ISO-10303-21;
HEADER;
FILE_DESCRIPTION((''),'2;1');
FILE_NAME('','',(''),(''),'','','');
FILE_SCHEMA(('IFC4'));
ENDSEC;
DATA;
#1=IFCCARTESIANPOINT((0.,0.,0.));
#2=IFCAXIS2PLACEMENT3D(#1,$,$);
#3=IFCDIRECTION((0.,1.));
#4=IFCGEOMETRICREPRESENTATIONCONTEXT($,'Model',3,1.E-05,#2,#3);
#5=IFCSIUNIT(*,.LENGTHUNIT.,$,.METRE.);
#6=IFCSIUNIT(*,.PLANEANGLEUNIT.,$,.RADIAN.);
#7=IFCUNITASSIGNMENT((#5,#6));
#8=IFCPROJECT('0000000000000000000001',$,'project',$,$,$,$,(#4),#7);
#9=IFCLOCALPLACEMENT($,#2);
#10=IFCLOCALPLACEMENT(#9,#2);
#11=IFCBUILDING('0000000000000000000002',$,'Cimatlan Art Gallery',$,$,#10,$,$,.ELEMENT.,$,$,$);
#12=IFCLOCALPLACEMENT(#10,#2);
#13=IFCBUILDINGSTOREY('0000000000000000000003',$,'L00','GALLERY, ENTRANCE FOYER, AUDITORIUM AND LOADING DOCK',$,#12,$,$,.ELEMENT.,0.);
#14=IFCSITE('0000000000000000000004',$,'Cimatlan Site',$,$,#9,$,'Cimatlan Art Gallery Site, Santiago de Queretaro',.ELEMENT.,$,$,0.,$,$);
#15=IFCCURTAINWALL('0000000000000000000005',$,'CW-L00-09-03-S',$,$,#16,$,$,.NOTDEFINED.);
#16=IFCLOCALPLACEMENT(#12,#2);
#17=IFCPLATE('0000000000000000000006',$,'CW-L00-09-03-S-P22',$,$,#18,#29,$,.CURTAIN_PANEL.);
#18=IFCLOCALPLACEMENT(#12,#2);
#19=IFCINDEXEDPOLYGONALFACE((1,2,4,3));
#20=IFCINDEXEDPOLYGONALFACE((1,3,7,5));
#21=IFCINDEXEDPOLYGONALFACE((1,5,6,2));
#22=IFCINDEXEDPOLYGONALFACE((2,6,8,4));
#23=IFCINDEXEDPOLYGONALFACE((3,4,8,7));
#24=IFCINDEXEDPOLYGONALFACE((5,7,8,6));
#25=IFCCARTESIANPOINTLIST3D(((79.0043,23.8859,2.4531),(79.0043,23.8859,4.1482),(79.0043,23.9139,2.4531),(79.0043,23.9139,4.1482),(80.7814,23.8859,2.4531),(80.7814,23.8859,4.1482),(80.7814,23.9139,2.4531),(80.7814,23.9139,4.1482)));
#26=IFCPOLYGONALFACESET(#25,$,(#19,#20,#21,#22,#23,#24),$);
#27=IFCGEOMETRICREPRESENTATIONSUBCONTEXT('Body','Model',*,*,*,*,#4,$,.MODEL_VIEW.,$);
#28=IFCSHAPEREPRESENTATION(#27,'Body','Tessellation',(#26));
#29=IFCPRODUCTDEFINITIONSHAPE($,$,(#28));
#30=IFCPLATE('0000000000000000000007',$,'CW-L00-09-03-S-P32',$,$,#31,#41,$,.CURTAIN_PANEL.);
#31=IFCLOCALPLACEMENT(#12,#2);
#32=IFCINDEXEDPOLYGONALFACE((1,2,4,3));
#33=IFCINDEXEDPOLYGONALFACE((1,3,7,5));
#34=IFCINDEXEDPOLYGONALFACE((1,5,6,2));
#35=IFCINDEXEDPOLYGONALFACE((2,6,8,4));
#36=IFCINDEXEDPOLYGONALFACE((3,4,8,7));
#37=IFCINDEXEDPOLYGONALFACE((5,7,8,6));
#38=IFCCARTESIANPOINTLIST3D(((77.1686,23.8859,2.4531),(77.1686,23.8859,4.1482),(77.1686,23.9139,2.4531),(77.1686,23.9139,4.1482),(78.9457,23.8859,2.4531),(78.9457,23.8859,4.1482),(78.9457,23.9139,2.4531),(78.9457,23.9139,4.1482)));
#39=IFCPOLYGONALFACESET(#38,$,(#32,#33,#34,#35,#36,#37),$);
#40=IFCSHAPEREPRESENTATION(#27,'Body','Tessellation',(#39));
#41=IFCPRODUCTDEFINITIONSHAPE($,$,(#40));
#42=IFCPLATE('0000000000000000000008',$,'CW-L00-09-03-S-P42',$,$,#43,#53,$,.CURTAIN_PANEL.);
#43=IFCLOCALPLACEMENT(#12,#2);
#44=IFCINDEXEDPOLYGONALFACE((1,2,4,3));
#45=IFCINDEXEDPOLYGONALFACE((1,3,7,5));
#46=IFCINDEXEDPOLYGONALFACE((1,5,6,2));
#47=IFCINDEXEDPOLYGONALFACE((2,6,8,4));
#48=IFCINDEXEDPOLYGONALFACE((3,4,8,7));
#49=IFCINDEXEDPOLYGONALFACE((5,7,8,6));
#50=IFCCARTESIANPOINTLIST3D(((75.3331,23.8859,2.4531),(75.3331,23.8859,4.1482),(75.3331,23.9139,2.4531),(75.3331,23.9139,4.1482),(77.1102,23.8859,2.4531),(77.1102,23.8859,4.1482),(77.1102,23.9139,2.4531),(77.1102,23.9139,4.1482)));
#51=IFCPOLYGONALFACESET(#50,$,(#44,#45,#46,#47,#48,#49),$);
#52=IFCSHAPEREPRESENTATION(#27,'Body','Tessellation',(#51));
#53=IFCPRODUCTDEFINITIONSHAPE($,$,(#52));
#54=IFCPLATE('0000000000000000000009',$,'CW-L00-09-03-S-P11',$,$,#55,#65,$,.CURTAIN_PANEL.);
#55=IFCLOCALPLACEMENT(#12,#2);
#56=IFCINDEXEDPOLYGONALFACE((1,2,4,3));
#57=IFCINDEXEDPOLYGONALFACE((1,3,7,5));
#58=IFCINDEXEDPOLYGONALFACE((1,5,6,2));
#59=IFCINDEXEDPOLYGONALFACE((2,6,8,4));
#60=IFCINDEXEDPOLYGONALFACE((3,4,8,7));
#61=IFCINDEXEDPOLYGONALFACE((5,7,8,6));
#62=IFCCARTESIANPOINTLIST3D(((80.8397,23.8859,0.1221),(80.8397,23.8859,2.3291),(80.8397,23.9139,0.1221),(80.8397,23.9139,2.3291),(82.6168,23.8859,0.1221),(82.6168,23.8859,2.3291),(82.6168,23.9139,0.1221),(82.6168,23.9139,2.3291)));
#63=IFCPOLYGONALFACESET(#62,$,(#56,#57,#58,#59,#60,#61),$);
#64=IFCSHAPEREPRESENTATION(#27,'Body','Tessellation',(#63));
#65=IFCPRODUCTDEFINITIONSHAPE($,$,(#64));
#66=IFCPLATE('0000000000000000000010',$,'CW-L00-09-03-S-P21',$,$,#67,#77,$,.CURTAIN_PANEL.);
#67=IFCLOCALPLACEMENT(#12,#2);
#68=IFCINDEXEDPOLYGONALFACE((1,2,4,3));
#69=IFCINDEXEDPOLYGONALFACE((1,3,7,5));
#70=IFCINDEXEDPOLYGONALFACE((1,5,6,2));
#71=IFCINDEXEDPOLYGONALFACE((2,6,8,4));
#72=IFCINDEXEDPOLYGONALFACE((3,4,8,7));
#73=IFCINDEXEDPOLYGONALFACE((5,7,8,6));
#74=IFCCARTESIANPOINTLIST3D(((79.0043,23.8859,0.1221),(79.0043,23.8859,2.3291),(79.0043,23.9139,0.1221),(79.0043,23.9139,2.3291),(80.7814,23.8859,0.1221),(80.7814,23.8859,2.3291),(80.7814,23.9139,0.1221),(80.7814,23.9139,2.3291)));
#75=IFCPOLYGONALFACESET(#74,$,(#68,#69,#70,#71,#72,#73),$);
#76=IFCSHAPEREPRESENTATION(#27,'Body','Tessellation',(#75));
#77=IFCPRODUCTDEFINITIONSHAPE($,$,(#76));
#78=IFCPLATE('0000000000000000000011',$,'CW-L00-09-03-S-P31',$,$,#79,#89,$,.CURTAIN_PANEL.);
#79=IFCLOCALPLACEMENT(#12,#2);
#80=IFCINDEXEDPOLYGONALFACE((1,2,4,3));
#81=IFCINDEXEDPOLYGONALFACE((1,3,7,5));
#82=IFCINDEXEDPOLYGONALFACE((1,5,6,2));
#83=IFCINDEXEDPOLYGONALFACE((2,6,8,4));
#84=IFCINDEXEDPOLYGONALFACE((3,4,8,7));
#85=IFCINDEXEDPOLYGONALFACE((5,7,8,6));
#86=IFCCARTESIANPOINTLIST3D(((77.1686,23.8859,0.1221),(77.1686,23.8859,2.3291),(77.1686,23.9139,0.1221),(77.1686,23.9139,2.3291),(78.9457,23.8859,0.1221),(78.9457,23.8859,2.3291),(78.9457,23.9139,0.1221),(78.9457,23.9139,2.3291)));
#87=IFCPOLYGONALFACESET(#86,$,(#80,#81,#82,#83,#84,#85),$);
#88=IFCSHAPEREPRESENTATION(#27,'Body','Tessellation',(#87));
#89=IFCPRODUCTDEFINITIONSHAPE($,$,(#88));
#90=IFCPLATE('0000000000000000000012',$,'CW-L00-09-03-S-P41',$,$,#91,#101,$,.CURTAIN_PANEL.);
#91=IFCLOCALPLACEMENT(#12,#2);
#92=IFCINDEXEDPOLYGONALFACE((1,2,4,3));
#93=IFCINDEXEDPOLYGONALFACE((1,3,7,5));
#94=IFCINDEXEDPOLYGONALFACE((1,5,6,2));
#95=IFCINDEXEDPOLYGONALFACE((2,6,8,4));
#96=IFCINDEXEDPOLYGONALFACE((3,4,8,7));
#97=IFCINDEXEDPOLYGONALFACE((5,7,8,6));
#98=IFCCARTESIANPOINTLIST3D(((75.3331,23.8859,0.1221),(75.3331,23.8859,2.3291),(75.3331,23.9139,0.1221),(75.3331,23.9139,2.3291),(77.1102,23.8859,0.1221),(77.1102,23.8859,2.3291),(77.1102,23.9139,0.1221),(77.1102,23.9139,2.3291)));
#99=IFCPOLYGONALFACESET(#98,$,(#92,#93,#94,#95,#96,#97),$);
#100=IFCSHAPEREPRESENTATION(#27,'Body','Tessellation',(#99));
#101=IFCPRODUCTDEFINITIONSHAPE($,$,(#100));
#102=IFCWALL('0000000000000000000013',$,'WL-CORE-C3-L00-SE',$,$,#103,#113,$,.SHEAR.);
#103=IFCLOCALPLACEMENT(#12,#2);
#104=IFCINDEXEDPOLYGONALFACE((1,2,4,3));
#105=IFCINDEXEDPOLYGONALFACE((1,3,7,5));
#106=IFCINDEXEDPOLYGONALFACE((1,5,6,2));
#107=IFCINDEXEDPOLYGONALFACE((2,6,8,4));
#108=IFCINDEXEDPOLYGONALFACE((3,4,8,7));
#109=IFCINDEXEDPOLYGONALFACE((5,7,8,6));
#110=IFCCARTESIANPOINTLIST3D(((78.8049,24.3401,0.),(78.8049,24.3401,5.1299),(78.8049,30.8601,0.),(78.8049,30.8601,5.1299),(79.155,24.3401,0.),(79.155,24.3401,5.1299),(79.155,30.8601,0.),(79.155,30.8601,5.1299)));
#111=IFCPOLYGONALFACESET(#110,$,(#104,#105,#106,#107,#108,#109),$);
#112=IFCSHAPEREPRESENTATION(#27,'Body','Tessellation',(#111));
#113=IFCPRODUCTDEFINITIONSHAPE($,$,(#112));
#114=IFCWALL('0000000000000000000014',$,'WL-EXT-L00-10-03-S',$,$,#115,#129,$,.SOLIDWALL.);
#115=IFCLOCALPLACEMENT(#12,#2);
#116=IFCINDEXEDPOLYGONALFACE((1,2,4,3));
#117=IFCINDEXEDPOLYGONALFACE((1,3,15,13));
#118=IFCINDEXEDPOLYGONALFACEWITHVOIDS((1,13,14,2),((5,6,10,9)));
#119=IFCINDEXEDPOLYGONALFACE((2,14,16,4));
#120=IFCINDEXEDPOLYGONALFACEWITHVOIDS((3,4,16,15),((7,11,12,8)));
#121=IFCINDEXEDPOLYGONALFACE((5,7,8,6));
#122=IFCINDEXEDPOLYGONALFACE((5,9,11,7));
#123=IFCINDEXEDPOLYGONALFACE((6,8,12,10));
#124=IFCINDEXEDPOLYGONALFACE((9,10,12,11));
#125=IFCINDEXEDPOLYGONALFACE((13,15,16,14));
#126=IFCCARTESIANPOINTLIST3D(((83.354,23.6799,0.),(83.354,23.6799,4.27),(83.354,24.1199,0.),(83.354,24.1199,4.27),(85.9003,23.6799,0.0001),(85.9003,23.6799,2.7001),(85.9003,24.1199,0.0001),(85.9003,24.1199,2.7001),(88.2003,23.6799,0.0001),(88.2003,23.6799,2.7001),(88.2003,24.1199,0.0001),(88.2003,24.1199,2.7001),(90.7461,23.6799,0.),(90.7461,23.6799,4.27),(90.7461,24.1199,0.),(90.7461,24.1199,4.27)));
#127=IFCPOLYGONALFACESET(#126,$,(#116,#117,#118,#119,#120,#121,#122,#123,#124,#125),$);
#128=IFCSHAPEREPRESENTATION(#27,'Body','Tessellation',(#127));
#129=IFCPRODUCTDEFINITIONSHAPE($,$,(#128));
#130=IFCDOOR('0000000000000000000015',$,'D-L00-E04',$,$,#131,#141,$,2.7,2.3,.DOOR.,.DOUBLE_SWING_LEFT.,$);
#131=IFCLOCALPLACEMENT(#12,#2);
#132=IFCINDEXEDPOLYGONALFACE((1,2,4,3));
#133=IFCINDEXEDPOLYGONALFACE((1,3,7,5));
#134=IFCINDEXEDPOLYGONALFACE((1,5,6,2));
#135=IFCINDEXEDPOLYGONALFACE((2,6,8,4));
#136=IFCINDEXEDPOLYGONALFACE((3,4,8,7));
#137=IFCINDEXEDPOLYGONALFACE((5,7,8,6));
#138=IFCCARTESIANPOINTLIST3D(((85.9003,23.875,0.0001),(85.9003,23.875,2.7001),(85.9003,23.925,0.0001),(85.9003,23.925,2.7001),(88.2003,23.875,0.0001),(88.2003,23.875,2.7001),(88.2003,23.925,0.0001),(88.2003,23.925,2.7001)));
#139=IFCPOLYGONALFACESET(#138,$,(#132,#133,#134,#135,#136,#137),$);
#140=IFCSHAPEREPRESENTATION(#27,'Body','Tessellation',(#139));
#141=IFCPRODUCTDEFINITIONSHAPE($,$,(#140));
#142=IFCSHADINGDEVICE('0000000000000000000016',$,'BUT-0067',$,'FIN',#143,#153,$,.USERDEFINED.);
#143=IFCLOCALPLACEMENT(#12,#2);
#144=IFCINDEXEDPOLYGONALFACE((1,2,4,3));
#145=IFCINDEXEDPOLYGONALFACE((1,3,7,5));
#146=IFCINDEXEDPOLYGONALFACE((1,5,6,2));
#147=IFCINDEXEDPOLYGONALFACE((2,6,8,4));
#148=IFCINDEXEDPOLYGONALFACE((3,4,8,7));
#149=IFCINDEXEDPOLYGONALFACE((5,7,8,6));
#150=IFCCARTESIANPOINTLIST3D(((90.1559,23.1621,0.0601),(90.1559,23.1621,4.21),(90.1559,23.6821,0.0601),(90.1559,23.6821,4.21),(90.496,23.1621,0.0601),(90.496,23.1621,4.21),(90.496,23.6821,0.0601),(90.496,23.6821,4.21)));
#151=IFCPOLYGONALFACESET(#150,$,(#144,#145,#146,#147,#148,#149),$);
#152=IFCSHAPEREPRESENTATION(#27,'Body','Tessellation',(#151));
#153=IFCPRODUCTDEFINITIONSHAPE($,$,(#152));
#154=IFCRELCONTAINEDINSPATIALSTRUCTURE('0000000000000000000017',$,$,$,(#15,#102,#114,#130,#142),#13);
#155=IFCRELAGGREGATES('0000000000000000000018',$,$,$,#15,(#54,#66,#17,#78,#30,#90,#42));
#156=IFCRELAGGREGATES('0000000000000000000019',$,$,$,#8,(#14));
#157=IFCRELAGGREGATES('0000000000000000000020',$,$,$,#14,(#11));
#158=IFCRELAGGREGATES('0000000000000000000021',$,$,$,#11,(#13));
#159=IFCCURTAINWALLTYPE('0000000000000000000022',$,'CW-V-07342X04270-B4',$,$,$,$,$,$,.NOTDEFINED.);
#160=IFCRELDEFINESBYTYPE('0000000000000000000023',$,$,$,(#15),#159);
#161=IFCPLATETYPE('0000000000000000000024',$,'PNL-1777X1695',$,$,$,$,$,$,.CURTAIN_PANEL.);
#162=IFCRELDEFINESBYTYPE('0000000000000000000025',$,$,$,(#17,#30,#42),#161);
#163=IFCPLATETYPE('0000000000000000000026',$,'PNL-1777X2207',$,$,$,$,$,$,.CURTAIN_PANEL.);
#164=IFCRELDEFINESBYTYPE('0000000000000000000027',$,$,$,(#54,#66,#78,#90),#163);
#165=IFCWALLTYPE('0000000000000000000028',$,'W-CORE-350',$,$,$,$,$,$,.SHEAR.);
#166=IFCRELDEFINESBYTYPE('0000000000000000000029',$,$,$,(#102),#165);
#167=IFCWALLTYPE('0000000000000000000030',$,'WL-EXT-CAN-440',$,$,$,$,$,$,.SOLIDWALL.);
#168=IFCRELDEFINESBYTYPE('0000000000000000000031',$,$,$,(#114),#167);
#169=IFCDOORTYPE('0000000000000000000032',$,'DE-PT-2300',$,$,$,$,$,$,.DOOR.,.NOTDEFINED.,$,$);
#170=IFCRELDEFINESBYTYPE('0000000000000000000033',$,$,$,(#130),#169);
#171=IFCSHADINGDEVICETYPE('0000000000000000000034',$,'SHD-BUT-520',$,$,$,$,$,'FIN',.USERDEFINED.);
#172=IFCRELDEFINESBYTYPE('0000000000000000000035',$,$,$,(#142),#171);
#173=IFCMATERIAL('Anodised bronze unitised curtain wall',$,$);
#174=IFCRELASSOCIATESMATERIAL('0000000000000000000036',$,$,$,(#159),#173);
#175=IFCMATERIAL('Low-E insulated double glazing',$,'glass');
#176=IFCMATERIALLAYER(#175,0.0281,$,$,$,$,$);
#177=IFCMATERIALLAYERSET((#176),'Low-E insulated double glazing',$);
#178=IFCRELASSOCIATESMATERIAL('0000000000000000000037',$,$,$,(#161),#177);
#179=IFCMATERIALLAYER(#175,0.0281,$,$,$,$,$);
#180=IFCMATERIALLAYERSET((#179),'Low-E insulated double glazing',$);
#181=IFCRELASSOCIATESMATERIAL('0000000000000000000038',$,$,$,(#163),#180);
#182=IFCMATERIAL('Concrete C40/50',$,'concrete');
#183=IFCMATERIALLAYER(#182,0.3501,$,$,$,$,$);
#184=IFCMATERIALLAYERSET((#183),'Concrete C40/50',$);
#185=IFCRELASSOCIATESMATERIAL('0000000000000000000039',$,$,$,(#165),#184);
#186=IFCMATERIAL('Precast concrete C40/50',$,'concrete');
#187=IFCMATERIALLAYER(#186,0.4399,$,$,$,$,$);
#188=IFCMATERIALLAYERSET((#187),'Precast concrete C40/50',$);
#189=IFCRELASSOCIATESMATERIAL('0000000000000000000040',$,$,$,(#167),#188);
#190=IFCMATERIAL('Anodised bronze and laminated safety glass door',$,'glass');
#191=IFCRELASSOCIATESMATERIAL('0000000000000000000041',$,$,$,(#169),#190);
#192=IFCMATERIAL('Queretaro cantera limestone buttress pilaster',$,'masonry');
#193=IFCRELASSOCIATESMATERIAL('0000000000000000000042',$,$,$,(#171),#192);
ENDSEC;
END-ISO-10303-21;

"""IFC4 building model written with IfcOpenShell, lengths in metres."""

from ifc_helpers import new_model, si_unit, direction, frame, frame_2d, origin, origin_2d, place, context, subcontext, project, spatial, rectangle, extrude, material, layer, layer_set, type_object, element, fill, aggregate, save


model = new_model("IFC4")

# Units and contexts
model_context = context("Model", 3, precision=1e-05, world=origin(), true_north=direction((0.0, 1.0)))
body_context = subcontext(model_context, "Body", "Model", "MODEL_VIEW")
ifc_project = project(units=[si_unit("LENGTHUNIT", "METRE"), si_unit("PLANEANGLEUNIT", "RADIAN")], contexts=[model_context])

# Site, building, storey
site_placement = place(None, origin())
site = spatial("IfcSite", under=ifc_project, at=site_placement, Name="Cimatlan Site", LongName="Cimatlan Art Gallery Site, Santiago de Queretaro", CompositionType="ELEMENT", RefElevation=0.0)
building_placement = place(site_placement, origin())
building = spatial("IfcBuilding", under=site, at=building_placement, Name="Cimatlan Art Gallery", CompositionType="ELEMENT")
storey_placement = place(building_placement, origin())
storey = spatial("IfcBuildingStorey", under=building, at=storey_placement, Name="L00", Description="GALLERY, ENTRANCE FOYER, AUDITORIUM AND LOADING DOCK", CompositionType="ELEMENT", Elevation=0.0)

# Shared definitions
ifc_material_1 = material(Name="Concrete C40/50", Category="concrete")

# Curtain wall, plates
ifc_material_2 = material(Name="Anodised bronze unitised curtain wall")
curtain_wall_type = type_object("IfcCurtainWallType", Name="CW-V-07342X04270-B4", PredefinedType="NOTDEFINED", material=ifc_material_2)
curtain_wall_placement = place(storey_placement, origin())
curtain_wall = element("IfcCurtainWall", 1, at=curtain_wall_placement, inside=storey, type_object=curtain_wall_type, Name="CW-L00-09-03-S", PredefinedType="NOTDEFINED")
ifc_material_3 = material(Name="Low-E insulated double glazing", Category="glass")
ifc_layer_1 = layer(ifc_material_3, 0.0281)
ifc_layer_set_1 = layer_set([ifc_layer_1], Name="Low-E insulated double glazing")
plate_type_1 = type_object("IfcPlateType", Name="PNL-1777X1695", PredefinedType="CURTAIN_PANEL", material=ifc_layer_set_1)
plate_1_placement = place(storey_placement, frame((79.8928, 23.8999, 2.4531), z_axis=(0.0, 0.0, 1.0), x_axis=(-1.0, 0.0, 0.0)))
plate_1 = element("IfcPlate", 2, at=plate_1_placement, type_object=plate_type_1, Name="CW-L00-09-03-S-P22", PredefinedType="CURTAIN_PANEL", context=body_context, shape_type="SweptSolid", body=[
    extrude(rectangle(XDim=1.7771, YDim=0.0281, at=origin_2d()), origin(), (0.0, 0.0, 1.0), 1.6951),
])
plate_2_placement = place(storey_placement, frame((78.0571, 23.8999, 2.4531), z_axis=(0.0, 0.0, 1.0), x_axis=(-1.0, 0.0, 0.0)))
plate_2 = element("IfcPlate", 3, at=plate_2_placement, type_object=plate_type_1, Name="CW-L00-09-03-S-P32", PredefinedType="CURTAIN_PANEL", context=body_context, shape_type="SweptSolid", body=[
    extrude(rectangle(XDim=1.7771, YDim=0.0281, at=origin_2d()), origin(), (0.0, 0.0, 1.0), 1.6951),
])
plate_3_placement = place(storey_placement, frame((76.2217, 23.8999, 2.4531), z_axis=(0.0, 0.0, 1.0), x_axis=(-1.0, 0.0, 0.0)))
plate_3 = element("IfcPlate", 4, at=plate_3_placement, type_object=plate_type_1, Name="CW-L00-09-03-S-P42", PredefinedType="CURTAIN_PANEL", context=body_context, shape_type="SweptSolid", body=[
    extrude(rectangle(XDim=1.7771, YDim=0.0281, at=origin_2d()), origin(), (0.0, 0.0, 1.0), 1.6951),
])
ifc_layer_2 = layer(ifc_material_3, 0.0281)
ifc_layer_set_2 = layer_set([ifc_layer_2], Name="Low-E insulated double glazing")
plate_type_2 = type_object("IfcPlateType", Name="PNL-1777X2207", PredefinedType="CURTAIN_PANEL", material=ifc_layer_set_2)
plate_4_placement = place(storey_placement, frame((81.7283, 23.8999, 0.1221), z_axis=(0.0, 0.0, 1.0), x_axis=(-1.0, 0.0, 0.0)))
plate_4 = element("IfcPlate", 5, at=plate_4_placement, type_object=plate_type_2, Name="CW-L00-09-03-S-P11", PredefinedType="CURTAIN_PANEL", context=body_context, shape_type="SweptSolid", body=[
    extrude(rectangle(XDim=1.7771, YDim=0.0281, at=origin_2d()), origin(), (0.0, 0.0, 1.0), 2.207),
])
plate_5_placement = place(storey_placement, frame((79.8928, 23.8999, 0.1221), z_axis=(0.0, 0.0, 1.0), x_axis=(-1.0, 0.0, 0.0)))
plate_5 = element("IfcPlate", 6, at=plate_5_placement, type_object=plate_type_2, Name="CW-L00-09-03-S-P21", PredefinedType="CURTAIN_PANEL", context=body_context, shape_type="SweptSolid", body=[
    extrude(rectangle(XDim=1.7771, YDim=0.0281, at=origin_2d()), origin(), (0.0, 0.0, 1.0), 2.207),
])
plate_6_placement = place(storey_placement, frame((78.0571, 23.8999, 0.1221), z_axis=(0.0, 0.0, 1.0), x_axis=(-1.0, 0.0, 0.0)))
plate_6 = element("IfcPlate", 7, at=plate_6_placement, type_object=plate_type_2, Name="CW-L00-09-03-S-P31", PredefinedType="CURTAIN_PANEL", context=body_context, shape_type="SweptSolid", body=[
    extrude(rectangle(XDim=1.7771, YDim=0.0281, at=origin_2d()), origin(), (0.0, 0.0, 1.0), 2.207),
])
plate_7_placement = place(storey_placement, frame((76.2217, 23.8999, 0.1221), z_axis=(0.0, 0.0, 1.0), x_axis=(-1.0, 0.0, 0.0)))
plate_7 = element("IfcPlate", 8, at=plate_7_placement, type_object=plate_type_2, Name="CW-L00-09-03-S-P41", PredefinedType="CURTAIN_PANEL", context=body_context, shape_type="SweptSolid", body=[
    extrude(rectangle(XDim=1.7771, YDim=0.0281, at=origin_2d()), origin(), (0.0, 0.0, 1.0), 2.207),
])
aggregate(curtain_wall, [plate_4, plate_5, plate_1, plate_6, plate_2, plate_7, plate_3])

# Wall
ifc_layer_3 = layer(ifc_material_1, 0.3501)
ifc_layer_set_3 = layer_set([ifc_layer_3], Name="Concrete C40/50")
wall_type_1 = type_object("IfcWallType", Name="W-CORE-350", PredefinedType="SHEAR", material=ifc_layer_set_3)
wall_1_placement = place(storey_placement, frame((78.98, 24.3401, 0.0), z_axis=(0.0, 0.0, 1.0), x_axis=(0.0, 1.0, 0.0)))
element("IfcWall", 9, at=wall_1_placement, inside=storey, type_object=wall_type_1, Name="WL-CORE-C3-L00-SE", PredefinedType="SHEAR", context=body_context, shape_type="SweptSolid", body=[
    extrude(rectangle(XDim=6.52, YDim=0.3501, at=frame_2d((3.26, 0.0))), origin(), (0.0, 0.0, 1.0), 5.1299),
])

# Wall, opening, door
ifc_material_4 = material(Name="Precast concrete C40/50", Category="concrete")
ifc_layer_4 = layer(ifc_material_4, 0.4399)
ifc_layer_set_4 = layer_set([ifc_layer_4], Name="Precast concrete C40/50")
wall_type_2 = type_object("IfcWallType", Name="WL-EXT-CAN-440", PredefinedType="SOLIDWALL", material=ifc_layer_set_4)
wall_2_placement = place(storey_placement, frame((90.7461, 23.8999, 0.0), z_axis=(0.0, 0.0, 1.0), x_axis=(-1.0, 0.0, 0.0)))
wall_2 = element("IfcWall", 10, at=wall_2_placement, inside=storey, type_object=wall_type_2, Name="WL-EXT-L00-10-03-S", PredefinedType="SOLIDWALL", context=body_context, shape_type="SweptSolid", body=[
    extrude(rectangle(XDim=7.3921, YDim=0.4399, at=frame_2d((3.696, 0.0))), origin(), (0.0, 0.0, 1.0), 4.27),
])
opening_placement = place(wall_2_placement, frame((2.5459, 0.0, 0.0)))
opening = element("IfcOpeningElement", 11, at=opening_placement, cuts=wall_2, PredefinedType="OPENING", context=body_context, shape_type="SweptSolid", body=[
    extrude(rectangle(XDim=2.3, YDim=2.7, at=frame_2d((1.1499, 1.3501))), frame((0.0, 0.23, 0.0), z_axis=(0.0, -1.0, 0.0), x_axis=(1.0, 0.0, 0.0)), (0.0, 0.0, 1.0), 0.46),
])
ifc_material_5 = material(Name="Anodised bronze and laminated safety glass door", Category="glass")
door_type = type_object("IfcDoorType", Name="DE-PT-2300", OperationType="NOTDEFINED", PredefinedType="DOOR", material=ifc_material_5)
door_placement = place(opening_placement, origin())
door = element("IfcDoor", 12, at=door_placement, inside=storey, type_object=door_type, Name="D-L00-E04", OperationType="DOUBLE_SWING_LEFT", OverallHeight=2.7, OverallWidth=2.3, PredefinedType="DOOR", context=body_context, shape_type="SweptSolid", body=[
    extrude(rectangle(XDim=2.3, YDim=2.7, at=frame_2d((1.1499, 1.3501))), frame((0.0, 0.0249, 0.0), z_axis=(0.0, -1.0, 0.0), x_axis=(1.0, 0.0, 0.0)), (0.0, 0.0, 1.0), 0.05),
])
fill(opening, door)

# Shading device
ifc_material_6 = material(Name="Queretaro cantera limestone buttress pilaster", Category="masonry")
shading_device_type = type_object("IfcShadingDeviceType", Name="SHD-BUT-520", ElementType="FIN", PredefinedType="USERDEFINED", material=ifc_material_6)
shading_device_placement = place(storey_placement, frame((90.3259, 23.4221, 0.0601), z_axis=(0.0, 0.0, 1.0), x_axis=(-1.0, 0.0, 0.0)))
element("IfcShadingDevice", 13, at=shading_device_placement, inside=storey, type_object=shading_device_type, Name="BUT-0067", ObjectType="FIN", PredefinedType="USERDEFINED", context=body_context, shape_type="SweptSolid", body=[
    extrude(rectangle(XDim=0.3401, YDim=0.52, at=origin_2d()), origin(), (0.0, 0.0, 1.0), 4.1499),
])

save(model, "model.ifc")
